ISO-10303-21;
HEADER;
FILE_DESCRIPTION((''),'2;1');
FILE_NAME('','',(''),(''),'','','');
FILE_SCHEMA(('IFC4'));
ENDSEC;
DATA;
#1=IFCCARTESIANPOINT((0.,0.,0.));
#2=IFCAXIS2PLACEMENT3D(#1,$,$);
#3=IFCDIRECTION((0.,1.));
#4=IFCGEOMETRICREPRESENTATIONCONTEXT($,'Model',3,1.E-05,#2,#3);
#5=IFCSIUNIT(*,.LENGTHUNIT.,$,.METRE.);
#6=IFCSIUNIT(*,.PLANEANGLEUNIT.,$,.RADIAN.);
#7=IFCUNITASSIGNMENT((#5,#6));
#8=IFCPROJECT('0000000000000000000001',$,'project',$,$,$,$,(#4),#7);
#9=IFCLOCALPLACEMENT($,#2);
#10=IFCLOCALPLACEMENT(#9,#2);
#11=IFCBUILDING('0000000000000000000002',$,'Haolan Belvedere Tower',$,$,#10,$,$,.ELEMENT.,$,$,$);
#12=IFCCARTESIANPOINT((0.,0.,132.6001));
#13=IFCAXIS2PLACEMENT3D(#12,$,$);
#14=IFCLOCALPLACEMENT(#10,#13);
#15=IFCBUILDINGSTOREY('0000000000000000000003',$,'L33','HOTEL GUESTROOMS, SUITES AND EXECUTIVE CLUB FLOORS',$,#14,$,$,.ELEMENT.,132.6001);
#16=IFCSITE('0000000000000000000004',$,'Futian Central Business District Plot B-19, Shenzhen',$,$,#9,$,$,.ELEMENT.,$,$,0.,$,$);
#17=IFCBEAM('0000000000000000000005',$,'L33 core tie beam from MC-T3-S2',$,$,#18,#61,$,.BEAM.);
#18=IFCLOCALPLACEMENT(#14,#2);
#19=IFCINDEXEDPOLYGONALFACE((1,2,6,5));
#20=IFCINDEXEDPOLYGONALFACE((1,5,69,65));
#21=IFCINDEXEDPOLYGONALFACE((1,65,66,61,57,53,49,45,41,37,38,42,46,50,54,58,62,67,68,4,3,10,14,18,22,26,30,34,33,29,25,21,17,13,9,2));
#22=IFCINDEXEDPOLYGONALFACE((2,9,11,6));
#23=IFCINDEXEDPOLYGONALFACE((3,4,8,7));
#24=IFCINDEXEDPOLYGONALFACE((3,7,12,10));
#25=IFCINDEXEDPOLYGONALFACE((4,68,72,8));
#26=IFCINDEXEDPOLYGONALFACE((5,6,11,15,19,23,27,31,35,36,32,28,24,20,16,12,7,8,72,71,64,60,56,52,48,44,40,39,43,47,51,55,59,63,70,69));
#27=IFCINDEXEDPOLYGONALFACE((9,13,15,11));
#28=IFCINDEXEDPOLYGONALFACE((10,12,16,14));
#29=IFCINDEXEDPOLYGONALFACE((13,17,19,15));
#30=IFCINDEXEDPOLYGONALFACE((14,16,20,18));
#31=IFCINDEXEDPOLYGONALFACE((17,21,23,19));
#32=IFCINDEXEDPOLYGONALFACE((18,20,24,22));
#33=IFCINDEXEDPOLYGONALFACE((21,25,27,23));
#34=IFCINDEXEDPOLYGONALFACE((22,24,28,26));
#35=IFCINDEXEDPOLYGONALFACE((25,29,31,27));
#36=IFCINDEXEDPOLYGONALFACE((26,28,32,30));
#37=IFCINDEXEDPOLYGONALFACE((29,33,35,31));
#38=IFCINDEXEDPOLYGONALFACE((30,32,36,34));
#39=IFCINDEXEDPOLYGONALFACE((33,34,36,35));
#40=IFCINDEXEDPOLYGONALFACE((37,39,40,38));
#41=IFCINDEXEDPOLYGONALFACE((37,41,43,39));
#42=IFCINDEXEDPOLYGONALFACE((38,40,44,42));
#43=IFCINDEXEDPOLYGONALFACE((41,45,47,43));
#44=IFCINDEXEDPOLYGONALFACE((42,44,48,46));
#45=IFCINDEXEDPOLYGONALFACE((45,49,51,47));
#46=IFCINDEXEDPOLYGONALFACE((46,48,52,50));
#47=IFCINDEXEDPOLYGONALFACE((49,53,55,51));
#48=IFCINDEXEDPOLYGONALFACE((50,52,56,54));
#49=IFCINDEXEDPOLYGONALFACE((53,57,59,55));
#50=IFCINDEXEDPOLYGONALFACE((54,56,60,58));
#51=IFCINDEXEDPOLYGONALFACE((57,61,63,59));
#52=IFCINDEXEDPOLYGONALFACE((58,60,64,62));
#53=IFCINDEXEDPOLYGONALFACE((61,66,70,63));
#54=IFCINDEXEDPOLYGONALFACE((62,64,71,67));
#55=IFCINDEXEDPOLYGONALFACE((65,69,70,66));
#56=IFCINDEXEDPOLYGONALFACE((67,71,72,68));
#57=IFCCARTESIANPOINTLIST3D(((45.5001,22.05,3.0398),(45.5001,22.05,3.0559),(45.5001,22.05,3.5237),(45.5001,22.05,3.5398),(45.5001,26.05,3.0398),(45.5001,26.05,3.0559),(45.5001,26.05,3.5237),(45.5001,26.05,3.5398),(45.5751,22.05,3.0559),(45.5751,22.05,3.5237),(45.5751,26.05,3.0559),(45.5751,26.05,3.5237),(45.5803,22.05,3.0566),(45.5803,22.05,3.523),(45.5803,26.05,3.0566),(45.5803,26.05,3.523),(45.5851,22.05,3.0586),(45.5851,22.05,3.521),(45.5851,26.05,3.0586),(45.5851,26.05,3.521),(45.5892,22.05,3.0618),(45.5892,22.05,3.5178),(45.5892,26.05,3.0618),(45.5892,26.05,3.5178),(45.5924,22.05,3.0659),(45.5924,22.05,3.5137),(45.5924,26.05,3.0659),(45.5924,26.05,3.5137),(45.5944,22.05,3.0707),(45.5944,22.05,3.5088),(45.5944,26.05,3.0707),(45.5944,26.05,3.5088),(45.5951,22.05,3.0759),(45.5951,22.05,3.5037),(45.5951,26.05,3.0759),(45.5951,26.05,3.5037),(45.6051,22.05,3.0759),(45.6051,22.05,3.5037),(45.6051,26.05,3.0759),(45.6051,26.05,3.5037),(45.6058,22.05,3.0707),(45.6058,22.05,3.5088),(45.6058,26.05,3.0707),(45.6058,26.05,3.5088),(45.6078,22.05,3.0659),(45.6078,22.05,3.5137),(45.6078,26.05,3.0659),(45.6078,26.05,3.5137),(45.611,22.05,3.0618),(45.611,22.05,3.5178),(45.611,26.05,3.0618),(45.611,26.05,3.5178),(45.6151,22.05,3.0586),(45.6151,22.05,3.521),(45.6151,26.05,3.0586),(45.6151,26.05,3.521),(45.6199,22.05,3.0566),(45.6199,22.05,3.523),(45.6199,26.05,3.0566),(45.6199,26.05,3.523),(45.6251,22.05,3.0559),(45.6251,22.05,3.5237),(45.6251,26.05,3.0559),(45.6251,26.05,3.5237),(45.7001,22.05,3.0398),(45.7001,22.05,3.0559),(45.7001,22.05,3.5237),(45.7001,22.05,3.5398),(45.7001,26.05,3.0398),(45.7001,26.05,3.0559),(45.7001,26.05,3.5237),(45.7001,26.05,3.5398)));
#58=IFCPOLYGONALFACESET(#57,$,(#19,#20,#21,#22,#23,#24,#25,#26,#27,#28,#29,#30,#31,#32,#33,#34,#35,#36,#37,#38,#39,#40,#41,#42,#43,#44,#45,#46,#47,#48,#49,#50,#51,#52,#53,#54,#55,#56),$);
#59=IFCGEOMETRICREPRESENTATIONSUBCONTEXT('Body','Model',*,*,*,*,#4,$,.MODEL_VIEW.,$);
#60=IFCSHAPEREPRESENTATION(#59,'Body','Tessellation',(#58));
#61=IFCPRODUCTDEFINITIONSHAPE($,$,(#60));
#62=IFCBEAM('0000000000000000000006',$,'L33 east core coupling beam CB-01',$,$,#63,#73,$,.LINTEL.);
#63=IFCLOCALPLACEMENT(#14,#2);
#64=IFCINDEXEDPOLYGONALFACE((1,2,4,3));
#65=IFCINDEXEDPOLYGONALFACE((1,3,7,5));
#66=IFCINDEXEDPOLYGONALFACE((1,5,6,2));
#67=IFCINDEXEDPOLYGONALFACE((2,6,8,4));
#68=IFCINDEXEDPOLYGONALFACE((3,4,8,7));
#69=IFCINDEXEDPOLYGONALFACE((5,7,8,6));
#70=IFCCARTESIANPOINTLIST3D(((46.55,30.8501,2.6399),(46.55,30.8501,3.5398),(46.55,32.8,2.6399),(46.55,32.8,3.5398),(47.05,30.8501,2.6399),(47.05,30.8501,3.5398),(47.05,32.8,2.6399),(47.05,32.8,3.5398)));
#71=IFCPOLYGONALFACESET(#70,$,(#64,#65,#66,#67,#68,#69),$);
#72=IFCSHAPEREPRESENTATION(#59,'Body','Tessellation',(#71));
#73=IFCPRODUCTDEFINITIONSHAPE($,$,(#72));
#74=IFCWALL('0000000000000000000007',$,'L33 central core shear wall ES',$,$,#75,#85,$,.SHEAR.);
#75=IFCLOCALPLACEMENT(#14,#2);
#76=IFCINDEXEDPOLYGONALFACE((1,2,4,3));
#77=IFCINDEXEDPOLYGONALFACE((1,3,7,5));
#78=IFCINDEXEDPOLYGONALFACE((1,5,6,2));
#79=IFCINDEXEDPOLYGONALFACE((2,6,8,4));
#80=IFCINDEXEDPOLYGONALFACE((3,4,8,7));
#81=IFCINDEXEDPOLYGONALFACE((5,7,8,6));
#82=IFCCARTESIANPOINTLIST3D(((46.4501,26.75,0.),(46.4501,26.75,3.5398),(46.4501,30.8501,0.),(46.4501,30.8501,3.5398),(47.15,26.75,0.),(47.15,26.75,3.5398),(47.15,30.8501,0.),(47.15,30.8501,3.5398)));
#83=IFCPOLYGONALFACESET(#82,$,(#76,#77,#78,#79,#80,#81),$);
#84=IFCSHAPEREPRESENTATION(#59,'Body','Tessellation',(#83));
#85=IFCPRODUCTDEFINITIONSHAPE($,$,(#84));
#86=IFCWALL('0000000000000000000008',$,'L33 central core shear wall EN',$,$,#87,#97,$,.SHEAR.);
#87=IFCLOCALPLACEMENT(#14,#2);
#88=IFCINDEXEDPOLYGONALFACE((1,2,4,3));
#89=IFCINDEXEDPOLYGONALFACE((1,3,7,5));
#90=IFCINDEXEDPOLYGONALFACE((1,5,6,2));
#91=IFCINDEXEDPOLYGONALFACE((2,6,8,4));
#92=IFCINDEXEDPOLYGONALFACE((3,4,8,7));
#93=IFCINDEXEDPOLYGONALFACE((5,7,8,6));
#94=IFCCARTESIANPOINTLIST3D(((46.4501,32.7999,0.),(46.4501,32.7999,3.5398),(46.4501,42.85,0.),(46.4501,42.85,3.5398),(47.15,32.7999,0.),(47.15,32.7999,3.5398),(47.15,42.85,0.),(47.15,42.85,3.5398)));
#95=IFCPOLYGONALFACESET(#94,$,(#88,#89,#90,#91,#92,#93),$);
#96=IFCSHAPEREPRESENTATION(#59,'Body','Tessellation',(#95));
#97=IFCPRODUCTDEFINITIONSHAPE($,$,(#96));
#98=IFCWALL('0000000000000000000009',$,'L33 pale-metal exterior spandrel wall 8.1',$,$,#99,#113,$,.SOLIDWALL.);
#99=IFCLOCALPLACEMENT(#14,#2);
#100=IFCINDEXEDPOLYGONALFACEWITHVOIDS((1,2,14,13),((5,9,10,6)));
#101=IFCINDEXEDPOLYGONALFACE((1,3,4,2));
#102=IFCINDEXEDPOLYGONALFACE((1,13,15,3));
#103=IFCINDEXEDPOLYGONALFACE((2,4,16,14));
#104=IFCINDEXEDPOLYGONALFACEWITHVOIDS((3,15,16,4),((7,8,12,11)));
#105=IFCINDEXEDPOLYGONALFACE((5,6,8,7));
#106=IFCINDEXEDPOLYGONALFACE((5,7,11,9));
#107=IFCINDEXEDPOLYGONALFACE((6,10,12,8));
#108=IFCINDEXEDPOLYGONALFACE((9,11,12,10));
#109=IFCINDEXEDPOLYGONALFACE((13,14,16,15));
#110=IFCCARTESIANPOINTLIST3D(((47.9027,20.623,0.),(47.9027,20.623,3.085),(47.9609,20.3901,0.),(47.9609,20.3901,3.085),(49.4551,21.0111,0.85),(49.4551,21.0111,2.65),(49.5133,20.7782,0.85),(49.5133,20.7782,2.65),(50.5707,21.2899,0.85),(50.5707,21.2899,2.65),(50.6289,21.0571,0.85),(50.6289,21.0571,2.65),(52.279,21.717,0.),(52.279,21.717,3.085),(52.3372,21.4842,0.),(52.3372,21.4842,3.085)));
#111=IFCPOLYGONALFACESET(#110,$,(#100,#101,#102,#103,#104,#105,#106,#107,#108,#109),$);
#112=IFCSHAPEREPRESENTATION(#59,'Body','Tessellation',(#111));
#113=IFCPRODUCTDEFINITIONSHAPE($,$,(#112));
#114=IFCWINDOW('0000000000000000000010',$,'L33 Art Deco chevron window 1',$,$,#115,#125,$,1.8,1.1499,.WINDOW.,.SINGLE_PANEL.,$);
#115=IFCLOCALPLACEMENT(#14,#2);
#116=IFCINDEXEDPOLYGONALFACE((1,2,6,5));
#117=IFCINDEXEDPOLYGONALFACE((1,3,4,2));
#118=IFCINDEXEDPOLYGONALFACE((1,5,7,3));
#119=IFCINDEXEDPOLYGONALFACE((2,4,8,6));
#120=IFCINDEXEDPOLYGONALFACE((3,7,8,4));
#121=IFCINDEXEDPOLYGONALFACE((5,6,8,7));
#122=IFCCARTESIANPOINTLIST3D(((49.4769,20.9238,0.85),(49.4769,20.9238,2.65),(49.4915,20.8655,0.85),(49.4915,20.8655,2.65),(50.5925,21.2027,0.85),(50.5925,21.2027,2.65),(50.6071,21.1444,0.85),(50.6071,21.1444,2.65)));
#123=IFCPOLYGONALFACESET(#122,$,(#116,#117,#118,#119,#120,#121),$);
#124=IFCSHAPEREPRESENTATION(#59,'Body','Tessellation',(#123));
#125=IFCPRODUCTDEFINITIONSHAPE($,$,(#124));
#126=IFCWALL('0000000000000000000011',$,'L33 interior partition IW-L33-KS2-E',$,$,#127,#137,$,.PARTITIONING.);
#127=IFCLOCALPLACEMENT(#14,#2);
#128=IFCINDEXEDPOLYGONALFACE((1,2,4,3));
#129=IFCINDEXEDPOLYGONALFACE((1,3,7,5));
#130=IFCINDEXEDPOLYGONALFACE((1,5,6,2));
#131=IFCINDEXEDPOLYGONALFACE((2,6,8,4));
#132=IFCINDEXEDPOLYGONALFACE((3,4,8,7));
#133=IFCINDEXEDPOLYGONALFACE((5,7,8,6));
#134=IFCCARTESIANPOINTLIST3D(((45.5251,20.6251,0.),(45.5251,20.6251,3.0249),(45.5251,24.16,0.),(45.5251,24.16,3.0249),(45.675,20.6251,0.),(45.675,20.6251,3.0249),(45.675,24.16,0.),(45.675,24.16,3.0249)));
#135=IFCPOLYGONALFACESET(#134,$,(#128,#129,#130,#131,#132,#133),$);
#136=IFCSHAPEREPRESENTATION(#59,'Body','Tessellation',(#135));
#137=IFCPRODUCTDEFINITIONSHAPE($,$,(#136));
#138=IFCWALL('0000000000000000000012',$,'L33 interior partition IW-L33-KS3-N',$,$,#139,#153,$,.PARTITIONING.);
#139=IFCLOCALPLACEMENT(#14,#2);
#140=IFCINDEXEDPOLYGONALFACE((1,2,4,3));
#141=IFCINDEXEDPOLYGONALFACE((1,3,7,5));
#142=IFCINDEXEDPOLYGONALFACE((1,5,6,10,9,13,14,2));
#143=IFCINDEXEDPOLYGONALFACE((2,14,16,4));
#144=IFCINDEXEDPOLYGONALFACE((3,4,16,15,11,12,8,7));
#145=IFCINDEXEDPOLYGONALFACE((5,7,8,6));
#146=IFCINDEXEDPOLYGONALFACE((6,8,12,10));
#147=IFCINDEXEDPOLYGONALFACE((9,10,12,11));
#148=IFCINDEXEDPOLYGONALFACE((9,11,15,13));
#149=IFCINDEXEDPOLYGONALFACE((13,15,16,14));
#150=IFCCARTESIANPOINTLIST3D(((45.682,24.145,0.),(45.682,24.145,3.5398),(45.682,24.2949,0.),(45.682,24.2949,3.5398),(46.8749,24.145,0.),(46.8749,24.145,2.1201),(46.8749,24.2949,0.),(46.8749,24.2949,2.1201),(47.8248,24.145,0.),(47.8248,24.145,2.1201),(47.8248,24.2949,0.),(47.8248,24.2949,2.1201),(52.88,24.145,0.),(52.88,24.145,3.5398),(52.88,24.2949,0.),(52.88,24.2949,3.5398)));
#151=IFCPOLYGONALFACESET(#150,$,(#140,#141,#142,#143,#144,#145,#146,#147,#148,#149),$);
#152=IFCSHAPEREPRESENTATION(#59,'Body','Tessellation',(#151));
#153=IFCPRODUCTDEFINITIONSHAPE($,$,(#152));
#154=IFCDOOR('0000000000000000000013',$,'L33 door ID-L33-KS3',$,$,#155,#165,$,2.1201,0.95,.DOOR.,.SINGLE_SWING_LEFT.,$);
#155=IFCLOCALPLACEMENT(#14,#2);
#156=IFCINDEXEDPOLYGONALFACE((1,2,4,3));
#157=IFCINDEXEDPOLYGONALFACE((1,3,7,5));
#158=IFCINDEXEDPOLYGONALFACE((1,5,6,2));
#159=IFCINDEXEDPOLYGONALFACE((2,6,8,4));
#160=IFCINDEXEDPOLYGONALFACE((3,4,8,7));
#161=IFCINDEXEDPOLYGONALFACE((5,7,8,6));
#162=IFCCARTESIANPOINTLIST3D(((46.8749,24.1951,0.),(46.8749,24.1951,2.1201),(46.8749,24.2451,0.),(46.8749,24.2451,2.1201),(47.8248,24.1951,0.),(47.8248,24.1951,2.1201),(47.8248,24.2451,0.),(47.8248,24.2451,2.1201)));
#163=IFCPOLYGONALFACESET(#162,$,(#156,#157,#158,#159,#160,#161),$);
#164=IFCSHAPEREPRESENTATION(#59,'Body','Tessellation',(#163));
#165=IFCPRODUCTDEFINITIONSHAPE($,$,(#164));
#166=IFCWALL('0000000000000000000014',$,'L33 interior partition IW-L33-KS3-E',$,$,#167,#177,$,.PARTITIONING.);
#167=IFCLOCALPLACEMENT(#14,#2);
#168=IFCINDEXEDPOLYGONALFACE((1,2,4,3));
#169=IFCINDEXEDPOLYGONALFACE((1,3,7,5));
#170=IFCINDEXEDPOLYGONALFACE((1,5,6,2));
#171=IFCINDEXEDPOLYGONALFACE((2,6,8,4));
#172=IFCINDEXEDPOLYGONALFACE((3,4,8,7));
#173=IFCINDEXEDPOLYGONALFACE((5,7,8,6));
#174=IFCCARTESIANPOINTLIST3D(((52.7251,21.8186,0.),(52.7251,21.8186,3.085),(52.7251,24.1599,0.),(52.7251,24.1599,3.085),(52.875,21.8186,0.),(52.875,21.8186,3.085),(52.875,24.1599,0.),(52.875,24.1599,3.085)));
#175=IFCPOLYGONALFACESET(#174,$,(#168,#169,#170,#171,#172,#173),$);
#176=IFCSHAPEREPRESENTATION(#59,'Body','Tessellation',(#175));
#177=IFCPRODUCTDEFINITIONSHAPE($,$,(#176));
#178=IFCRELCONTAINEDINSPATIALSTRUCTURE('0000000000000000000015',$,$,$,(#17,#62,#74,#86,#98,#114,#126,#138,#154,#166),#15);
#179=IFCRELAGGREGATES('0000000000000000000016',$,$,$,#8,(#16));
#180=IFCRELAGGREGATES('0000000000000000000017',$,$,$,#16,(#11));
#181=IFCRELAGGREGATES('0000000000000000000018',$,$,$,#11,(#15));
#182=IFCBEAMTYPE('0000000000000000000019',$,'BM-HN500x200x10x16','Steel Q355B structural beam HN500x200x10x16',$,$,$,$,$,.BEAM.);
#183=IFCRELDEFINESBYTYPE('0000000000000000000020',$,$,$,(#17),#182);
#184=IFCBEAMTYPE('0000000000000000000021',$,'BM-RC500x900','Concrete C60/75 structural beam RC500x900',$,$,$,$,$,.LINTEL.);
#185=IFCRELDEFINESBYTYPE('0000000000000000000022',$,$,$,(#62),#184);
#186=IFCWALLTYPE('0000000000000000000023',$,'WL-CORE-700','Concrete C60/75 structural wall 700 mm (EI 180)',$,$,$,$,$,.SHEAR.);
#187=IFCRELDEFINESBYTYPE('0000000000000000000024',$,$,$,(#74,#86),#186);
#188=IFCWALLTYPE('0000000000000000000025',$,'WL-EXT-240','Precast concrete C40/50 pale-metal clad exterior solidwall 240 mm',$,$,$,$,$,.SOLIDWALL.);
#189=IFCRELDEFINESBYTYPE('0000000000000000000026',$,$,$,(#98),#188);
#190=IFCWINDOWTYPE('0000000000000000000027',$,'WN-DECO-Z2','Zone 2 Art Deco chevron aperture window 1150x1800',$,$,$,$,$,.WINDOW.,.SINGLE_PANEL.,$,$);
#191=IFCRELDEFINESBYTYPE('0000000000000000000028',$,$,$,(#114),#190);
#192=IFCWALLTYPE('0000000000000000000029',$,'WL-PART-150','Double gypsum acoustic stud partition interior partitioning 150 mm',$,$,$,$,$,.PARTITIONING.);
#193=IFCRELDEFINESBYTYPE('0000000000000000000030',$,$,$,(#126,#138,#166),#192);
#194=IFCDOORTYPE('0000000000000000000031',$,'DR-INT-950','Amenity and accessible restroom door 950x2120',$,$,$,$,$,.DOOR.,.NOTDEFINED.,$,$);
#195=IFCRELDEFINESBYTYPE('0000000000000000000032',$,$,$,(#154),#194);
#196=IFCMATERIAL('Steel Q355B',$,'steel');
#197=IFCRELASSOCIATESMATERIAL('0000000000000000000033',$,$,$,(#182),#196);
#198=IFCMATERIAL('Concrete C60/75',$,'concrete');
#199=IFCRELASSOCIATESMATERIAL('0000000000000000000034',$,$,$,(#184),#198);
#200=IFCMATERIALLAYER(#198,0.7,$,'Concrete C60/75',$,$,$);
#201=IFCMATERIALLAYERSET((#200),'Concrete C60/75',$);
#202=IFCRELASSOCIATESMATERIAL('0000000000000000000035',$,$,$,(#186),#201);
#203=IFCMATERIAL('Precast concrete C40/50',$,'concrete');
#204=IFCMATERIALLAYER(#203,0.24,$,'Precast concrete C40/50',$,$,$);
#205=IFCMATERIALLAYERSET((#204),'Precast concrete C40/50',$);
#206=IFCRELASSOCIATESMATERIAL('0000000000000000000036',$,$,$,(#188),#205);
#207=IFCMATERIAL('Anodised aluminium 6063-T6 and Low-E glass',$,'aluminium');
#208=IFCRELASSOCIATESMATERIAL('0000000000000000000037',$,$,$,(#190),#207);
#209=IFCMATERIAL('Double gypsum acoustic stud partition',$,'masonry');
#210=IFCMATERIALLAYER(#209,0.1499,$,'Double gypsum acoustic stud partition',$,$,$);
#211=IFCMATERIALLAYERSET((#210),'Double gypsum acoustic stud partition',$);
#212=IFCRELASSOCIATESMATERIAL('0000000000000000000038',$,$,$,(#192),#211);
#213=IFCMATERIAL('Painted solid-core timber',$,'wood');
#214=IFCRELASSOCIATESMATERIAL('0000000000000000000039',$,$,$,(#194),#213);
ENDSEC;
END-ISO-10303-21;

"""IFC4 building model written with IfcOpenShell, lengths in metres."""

from ifc_helpers import new_model, si_unit, direction, frame, frame_2d, origin, origin_2d, place, context, subcontext, project, spatial, rectangle, i_section, extrude, material, layer, layer_set, material_profile, profile_set, type_object, element, fill, save


model = new_model("IFC4")

# Units and contexts
model_context = context("Model", 3, precision=1e-05, world=origin(), true_north=direction((0.0, 1.0)))
body_context = subcontext(model_context, "Body", "Model", "MODEL_VIEW")
ifc_project = project(units=[si_unit("LENGTHUNIT", "METRE"), si_unit("PLANEANGLEUNIT", "RADIAN")], contexts=[model_context])

# Site, building, storey
site_placement = place(None, origin())
site = spatial("IfcSite", under=ifc_project, at=site_placement, Name="Futian Central Business District Plot B-19, Shenzhen", CompositionType="ELEMENT", RefElevation=0.0)
building_placement = place(site_placement, origin())
building = spatial("IfcBuilding", under=site, at=building_placement, Name="Haolan Belvedere Tower", CompositionType="ELEMENT")
storey_placement = place(building_placement, frame((0.0, 0.0, 132.6001)))
storey = spatial("IfcBuildingStorey", under=building, at=storey_placement, Name="L33", Description="HOTEL GUESTROOMS, SUITES AND EXECUTIVE CLUB FLOORS", CompositionType="ELEMENT", Elevation=132.6001)

# Beams
ifc_material_1 = material(Name="Steel Q355B", Category="steel")
ifc_material_profile_1 = material_profile(ifc_material_1, i_section(OverallWidth=0.2, OverallDepth=0.5, WebThickness=0.01, FlangeThickness=0.0161, FilletRadius=0.02, at=origin_2d()), Name="Steel Q355B")
ifc_profile_set_1 = profile_set([ifc_material_profile_1], Name="Steel Q355B")
beam_type_1 = type_object("IfcBeamType", Name="BM-HN500x200x10x16", Description="Steel Q355B structural beam HN500x200x10x16", PredefinedType="BEAM", material=ifc_profile_set_1)
beam_1_placement = place(storey_placement, frame((45.6001, 22.05, 3.2898), z_axis=(0.0, 1.0, 0.0), x_axis=(-1.0, 0.0, 0.0)))
element("IfcBeam", 1, at=beam_1_placement, inside=storey, type_object=beam_type_1, Name="L33 core tie beam from MC-T3-S2", PredefinedType="BEAM", context=body_context, shape_type="SweptSolid", body=[
    extrude(i_section(OverallWidth=0.2, OverallDepth=0.5, WebThickness=0.01, FlangeThickness=0.0161, FilletRadius=0.02, at=origin_2d()), origin(), (0.0, 0.0, 1.0), 4.0),
])
ifc_material_2 = material(Name="Concrete C60/75", Category="concrete")
ifc_material_profile_2 = material_profile(ifc_material_2, rectangle(XDim=0.5, YDim=0.8999, at=origin_2d()), Name="Concrete C60/75")
ifc_profile_set_2 = profile_set([ifc_material_profile_2], Name="Concrete C60/75")
beam_type_2 = type_object("IfcBeamType", Name="BM-RC500x900", Description="Concrete C60/75 structural beam RC500x900", PredefinedType="LINTEL", material=ifc_profile_set_2)
beam_2_placement = place(storey_placement, frame((46.8, 30.8501, 3.0898), z_axis=(0.0, 1.0, 0.0), x_axis=(-1.0, 0.0, 0.0)))
element("IfcBeam", 2, at=beam_2_placement, inside=storey, type_object=beam_type_2, Name="L33 east core coupling beam CB-01", PredefinedType="LINTEL", context=body_context, shape_type="SweptSolid", body=[
    extrude(rectangle(XDim=0.5, YDim=0.8999, at=origin_2d()), origin(), (0.0, 0.0, 1.0), 1.95),
])

# Walls
ifc_layer_1 = layer(ifc_material_2, 0.7, Name="Concrete C60/75")
ifc_layer_set_1 = layer_set([ifc_layer_1], Name="Concrete C60/75")
wall_type_1 = type_object("IfcWallType", Name="WL-CORE-700", Description="Concrete C60/75 structural wall 700 mm (EI 180)", PredefinedType="SHEAR", material=ifc_layer_set_1)
wall_1_placement = place(storey_placement, frame((46.8, 26.75, 0.0), z_axis=(0.0, 0.0, 1.0), x_axis=(0.0, 1.0, 0.0)))
element("IfcWall", 3, at=wall_1_placement, inside=storey, type_object=wall_type_1, Name="L33 central core shear wall ES", PredefinedType="SHEAR", context=body_context, shape_type="SweptSolid", body=[
    extrude(rectangle(XDim=4.1001, YDim=0.7, at=frame_2d((2.05, 0.0))), origin(), (0.0, 0.0, 1.0), 3.5398),
])
wall_2_placement = place(storey_placement, frame((46.8, 32.8, 0.0), z_axis=(0.0, 0.0, 1.0), x_axis=(0.0, 1.0, 0.0)))
element("IfcWall", 4, at=wall_2_placement, inside=storey, type_object=wall_type_1, Name="L33 central core shear wall EN", PredefinedType="SHEAR", context=body_context, shape_type="SweptSolid", body=[
    extrude(rectangle(XDim=10.05, YDim=0.7, at=frame_2d((5.0249, 0.0))), origin(), (0.0, 0.0, 1.0), 3.5398),
])

# Wall, opening, window
ifc_material_3 = material(Name="Precast concrete C40/50", Category="concrete")
ifc_layer_2 = layer(ifc_material_3, 0.24, Name="Precast concrete C40/50")
ifc_layer_set_2 = layer_set([ifc_layer_2], Name="Precast concrete C40/50")
wall_type_2 = type_object("IfcWallType", Name="WL-EXT-240", Description="Precast concrete C40/50 pale-metal clad exterior solidwall 240 mm", PredefinedType="SOLIDWALL", material=ifc_layer_set_2)
wall_3_placement = place(storey_placement, frame((47.9319, 20.5066, 0.0), z_axis=(0.0, 0.0, 1.0), x_axis=(0.970146, 0.242523, 0.0)))
wall_3 = element("IfcWall", 5, at=wall_3_placement, inside=storey, type_object=wall_type_2, Name="L33 pale-metal exterior spandrel wall 8.1", PredefinedType="SOLIDWALL", context=body_context, shape_type="SweptSolid", body=[
    extrude(rectangle(XDim=4.511, YDim=0.24, at=frame_2d((2.2554, 0.0))), origin(), (0.0, 0.0, 1.0), 3.085),
])
opening_1_placement = place(wall_3_placement, frame((1.6001, 0.0, 0.8501)))
opening_1 = element("IfcOpeningElement", 6, at=opening_1_placement, cuts=wall_3, PredefinedType="OPENING", context=body_context, shape_type="SweptSolid", body=[
    extrude(rectangle(XDim=1.1499, YDim=1.8, at=frame_2d((0.575, 0.8999))), frame((0.0, 0.1299, 0.0), z_axis=(0.0, -1.0, 0.0), x_axis=(1.0, 0.0, 0.0)), (0.0, 0.0, 1.0), 0.26),
])
ifc_material_4 = material(Name="Anodised aluminium 6063-T6 and Low-E glass", Category="aluminium")
window_type = type_object("IfcWindowType", Name="WN-DECO-Z2", Description="Zone 2 Art Deco chevron aperture window 1150x1800", PartitioningType="SINGLE_PANEL", PredefinedType="WINDOW", material=ifc_material_4)
window_placement = place(opening_1_placement, origin())
window = element("IfcWindow", 7, at=window_placement, inside=storey, type_object=window_type, Name="L33 Art Deco chevron window 1", OverallHeight=1.8, OverallWidth=1.1499, PartitioningType="SINGLE_PANEL", PredefinedType="WINDOW", context=body_context, shape_type="SweptSolid", body=[
    extrude(rectangle(XDim=1.1499, YDim=1.8, at=frame_2d((0.575, 0.8999))), frame((0.0, 0.03, 0.0), z_axis=(0.0, -1.0, 0.0), x_axis=(1.0, 0.0, 0.0)), (0.0, 0.0, 1.0), 0.0601),
])
fill(opening_1, window)

# Wall
ifc_material_5 = material(Name="Double gypsum acoustic stud partition", Category="masonry")
ifc_layer_3 = layer(ifc_material_5, 0.1499, Name="Double gypsum acoustic stud partition")
ifc_layer_set_3 = layer_set([ifc_layer_3], Name="Double gypsum acoustic stud partition")
wall_type_3 = type_object("IfcWallType", Name="WL-PART-150", Description="Double gypsum acoustic stud partition interior partitioning 150 mm", PredefinedType="PARTITIONING", material=ifc_layer_set_3)
wall_4_placement = place(storey_placement, frame((45.6001, 20.625, 0.0), z_axis=(0.0, 0.0, 1.0), x_axis=(0.0, 1.0, 0.0)))
element("IfcWall", 8, at=wall_4_placement, inside=storey, type_object=wall_type_3, Name="L33 interior partition IW-L33-KS2-E", PredefinedType="PARTITIONING", context=body_context, shape_type="SweptSolid", body=[
    extrude(rectangle(XDim=3.5349, YDim=0.1499, at=frame_2d((1.7676, 0.0))), origin(), (0.0, 0.0, 1.0), 3.0249),
])

# Wall, opening, door
wall_5_placement = place(storey_placement, frame((45.6819, 24.22, 0.0), z_axis=(0.0, 0.0, 1.0), x_axis=(1.0, 0.0, 0.0)))
wall_5 = element("IfcWall", 9, at=wall_5_placement, inside=storey, type_object=wall_type_3, Name="L33 interior partition IW-L33-KS3-N", PredefinedType="PARTITIONING", context=body_context, shape_type="SweptSolid", body=[
    extrude(rectangle(XDim=7.198, YDim=0.1499, at=frame_2d((3.5991, 0.0))), origin(), (0.0, 0.0, 1.0), 3.5398),
])
opening_2_placement = place(wall_5_placement, frame((2.1431, 0.0, 0.0), z_axis=(0.0, 0.0, 1.0), x_axis=(-1.0, 0.0, 0.0)))
opening_2 = element("IfcOpeningElement", 10, at=opening_2_placement, cuts=wall_5, PredefinedType="OPENING", context=body_context, shape_type="SweptSolid", body=[
    extrude(rectangle(XDim=0.95, YDim=2.1201, at=frame_2d((0.4751, 1.0601))), frame((0.0, 0.085, 0.0), z_axis=(0.0, -1.0, 0.0), x_axis=(1.0, 0.0, 0.0)), (0.0, 0.0, 1.0), 0.1699),
])
ifc_material_6 = material(Name="Painted solid-core timber", Category="wood")
door_type_1 = type_object("IfcDoorType", Name="DR-INT-950", Description="Amenity and accessible restroom door 950x2120", OperationType="NOTDEFINED", PredefinedType="DOOR", material=ifc_material_6)
door_1_placement = place(opening_2_placement, origin())
door_1 = element("IfcDoor", 11, at=door_1_placement, inside=storey, type_object=door_type_1, Name="L33 door ID-L33-KS3", OperationType="SINGLE_SWING_LEFT", OverallHeight=2.1201, OverallWidth=0.95, PredefinedType="DOOR", context=body_context, shape_type="SweptSolid", body=[
    extrude(rectangle(XDim=0.95, YDim=2.1201, at=frame_2d((0.4751, 1.0601))), frame((0.0, 0.0249, 0.0), z_axis=(0.0, -1.0, 0.0), x_axis=(1.0, 0.0, 0.0)), (0.0, 0.0, 1.0), 0.05),
])
fill(opening_2, door_1)

# Wall
wall_6_placement = place(storey_placement, frame((52.8, 21.8186, 0.0), z_axis=(0.0, 0.0, 1.0), x_axis=(0.0, 1.0, 0.0)))
element("IfcWall", 12, at=wall_6_placement, inside=storey, type_object=wall_type_3, Name="L33 interior partition IW-L33-KS3-E", PredefinedType="PARTITIONING", context=body_context, shape_type="SweptSolid", body=[
    extrude(rectangle(XDim=2.3413, YDim=0.1499, at=frame_2d((1.1707, 0.0))), origin(), (0.0, 0.0, 1.0), 3.085),
])

save(model, "model.ifc")
